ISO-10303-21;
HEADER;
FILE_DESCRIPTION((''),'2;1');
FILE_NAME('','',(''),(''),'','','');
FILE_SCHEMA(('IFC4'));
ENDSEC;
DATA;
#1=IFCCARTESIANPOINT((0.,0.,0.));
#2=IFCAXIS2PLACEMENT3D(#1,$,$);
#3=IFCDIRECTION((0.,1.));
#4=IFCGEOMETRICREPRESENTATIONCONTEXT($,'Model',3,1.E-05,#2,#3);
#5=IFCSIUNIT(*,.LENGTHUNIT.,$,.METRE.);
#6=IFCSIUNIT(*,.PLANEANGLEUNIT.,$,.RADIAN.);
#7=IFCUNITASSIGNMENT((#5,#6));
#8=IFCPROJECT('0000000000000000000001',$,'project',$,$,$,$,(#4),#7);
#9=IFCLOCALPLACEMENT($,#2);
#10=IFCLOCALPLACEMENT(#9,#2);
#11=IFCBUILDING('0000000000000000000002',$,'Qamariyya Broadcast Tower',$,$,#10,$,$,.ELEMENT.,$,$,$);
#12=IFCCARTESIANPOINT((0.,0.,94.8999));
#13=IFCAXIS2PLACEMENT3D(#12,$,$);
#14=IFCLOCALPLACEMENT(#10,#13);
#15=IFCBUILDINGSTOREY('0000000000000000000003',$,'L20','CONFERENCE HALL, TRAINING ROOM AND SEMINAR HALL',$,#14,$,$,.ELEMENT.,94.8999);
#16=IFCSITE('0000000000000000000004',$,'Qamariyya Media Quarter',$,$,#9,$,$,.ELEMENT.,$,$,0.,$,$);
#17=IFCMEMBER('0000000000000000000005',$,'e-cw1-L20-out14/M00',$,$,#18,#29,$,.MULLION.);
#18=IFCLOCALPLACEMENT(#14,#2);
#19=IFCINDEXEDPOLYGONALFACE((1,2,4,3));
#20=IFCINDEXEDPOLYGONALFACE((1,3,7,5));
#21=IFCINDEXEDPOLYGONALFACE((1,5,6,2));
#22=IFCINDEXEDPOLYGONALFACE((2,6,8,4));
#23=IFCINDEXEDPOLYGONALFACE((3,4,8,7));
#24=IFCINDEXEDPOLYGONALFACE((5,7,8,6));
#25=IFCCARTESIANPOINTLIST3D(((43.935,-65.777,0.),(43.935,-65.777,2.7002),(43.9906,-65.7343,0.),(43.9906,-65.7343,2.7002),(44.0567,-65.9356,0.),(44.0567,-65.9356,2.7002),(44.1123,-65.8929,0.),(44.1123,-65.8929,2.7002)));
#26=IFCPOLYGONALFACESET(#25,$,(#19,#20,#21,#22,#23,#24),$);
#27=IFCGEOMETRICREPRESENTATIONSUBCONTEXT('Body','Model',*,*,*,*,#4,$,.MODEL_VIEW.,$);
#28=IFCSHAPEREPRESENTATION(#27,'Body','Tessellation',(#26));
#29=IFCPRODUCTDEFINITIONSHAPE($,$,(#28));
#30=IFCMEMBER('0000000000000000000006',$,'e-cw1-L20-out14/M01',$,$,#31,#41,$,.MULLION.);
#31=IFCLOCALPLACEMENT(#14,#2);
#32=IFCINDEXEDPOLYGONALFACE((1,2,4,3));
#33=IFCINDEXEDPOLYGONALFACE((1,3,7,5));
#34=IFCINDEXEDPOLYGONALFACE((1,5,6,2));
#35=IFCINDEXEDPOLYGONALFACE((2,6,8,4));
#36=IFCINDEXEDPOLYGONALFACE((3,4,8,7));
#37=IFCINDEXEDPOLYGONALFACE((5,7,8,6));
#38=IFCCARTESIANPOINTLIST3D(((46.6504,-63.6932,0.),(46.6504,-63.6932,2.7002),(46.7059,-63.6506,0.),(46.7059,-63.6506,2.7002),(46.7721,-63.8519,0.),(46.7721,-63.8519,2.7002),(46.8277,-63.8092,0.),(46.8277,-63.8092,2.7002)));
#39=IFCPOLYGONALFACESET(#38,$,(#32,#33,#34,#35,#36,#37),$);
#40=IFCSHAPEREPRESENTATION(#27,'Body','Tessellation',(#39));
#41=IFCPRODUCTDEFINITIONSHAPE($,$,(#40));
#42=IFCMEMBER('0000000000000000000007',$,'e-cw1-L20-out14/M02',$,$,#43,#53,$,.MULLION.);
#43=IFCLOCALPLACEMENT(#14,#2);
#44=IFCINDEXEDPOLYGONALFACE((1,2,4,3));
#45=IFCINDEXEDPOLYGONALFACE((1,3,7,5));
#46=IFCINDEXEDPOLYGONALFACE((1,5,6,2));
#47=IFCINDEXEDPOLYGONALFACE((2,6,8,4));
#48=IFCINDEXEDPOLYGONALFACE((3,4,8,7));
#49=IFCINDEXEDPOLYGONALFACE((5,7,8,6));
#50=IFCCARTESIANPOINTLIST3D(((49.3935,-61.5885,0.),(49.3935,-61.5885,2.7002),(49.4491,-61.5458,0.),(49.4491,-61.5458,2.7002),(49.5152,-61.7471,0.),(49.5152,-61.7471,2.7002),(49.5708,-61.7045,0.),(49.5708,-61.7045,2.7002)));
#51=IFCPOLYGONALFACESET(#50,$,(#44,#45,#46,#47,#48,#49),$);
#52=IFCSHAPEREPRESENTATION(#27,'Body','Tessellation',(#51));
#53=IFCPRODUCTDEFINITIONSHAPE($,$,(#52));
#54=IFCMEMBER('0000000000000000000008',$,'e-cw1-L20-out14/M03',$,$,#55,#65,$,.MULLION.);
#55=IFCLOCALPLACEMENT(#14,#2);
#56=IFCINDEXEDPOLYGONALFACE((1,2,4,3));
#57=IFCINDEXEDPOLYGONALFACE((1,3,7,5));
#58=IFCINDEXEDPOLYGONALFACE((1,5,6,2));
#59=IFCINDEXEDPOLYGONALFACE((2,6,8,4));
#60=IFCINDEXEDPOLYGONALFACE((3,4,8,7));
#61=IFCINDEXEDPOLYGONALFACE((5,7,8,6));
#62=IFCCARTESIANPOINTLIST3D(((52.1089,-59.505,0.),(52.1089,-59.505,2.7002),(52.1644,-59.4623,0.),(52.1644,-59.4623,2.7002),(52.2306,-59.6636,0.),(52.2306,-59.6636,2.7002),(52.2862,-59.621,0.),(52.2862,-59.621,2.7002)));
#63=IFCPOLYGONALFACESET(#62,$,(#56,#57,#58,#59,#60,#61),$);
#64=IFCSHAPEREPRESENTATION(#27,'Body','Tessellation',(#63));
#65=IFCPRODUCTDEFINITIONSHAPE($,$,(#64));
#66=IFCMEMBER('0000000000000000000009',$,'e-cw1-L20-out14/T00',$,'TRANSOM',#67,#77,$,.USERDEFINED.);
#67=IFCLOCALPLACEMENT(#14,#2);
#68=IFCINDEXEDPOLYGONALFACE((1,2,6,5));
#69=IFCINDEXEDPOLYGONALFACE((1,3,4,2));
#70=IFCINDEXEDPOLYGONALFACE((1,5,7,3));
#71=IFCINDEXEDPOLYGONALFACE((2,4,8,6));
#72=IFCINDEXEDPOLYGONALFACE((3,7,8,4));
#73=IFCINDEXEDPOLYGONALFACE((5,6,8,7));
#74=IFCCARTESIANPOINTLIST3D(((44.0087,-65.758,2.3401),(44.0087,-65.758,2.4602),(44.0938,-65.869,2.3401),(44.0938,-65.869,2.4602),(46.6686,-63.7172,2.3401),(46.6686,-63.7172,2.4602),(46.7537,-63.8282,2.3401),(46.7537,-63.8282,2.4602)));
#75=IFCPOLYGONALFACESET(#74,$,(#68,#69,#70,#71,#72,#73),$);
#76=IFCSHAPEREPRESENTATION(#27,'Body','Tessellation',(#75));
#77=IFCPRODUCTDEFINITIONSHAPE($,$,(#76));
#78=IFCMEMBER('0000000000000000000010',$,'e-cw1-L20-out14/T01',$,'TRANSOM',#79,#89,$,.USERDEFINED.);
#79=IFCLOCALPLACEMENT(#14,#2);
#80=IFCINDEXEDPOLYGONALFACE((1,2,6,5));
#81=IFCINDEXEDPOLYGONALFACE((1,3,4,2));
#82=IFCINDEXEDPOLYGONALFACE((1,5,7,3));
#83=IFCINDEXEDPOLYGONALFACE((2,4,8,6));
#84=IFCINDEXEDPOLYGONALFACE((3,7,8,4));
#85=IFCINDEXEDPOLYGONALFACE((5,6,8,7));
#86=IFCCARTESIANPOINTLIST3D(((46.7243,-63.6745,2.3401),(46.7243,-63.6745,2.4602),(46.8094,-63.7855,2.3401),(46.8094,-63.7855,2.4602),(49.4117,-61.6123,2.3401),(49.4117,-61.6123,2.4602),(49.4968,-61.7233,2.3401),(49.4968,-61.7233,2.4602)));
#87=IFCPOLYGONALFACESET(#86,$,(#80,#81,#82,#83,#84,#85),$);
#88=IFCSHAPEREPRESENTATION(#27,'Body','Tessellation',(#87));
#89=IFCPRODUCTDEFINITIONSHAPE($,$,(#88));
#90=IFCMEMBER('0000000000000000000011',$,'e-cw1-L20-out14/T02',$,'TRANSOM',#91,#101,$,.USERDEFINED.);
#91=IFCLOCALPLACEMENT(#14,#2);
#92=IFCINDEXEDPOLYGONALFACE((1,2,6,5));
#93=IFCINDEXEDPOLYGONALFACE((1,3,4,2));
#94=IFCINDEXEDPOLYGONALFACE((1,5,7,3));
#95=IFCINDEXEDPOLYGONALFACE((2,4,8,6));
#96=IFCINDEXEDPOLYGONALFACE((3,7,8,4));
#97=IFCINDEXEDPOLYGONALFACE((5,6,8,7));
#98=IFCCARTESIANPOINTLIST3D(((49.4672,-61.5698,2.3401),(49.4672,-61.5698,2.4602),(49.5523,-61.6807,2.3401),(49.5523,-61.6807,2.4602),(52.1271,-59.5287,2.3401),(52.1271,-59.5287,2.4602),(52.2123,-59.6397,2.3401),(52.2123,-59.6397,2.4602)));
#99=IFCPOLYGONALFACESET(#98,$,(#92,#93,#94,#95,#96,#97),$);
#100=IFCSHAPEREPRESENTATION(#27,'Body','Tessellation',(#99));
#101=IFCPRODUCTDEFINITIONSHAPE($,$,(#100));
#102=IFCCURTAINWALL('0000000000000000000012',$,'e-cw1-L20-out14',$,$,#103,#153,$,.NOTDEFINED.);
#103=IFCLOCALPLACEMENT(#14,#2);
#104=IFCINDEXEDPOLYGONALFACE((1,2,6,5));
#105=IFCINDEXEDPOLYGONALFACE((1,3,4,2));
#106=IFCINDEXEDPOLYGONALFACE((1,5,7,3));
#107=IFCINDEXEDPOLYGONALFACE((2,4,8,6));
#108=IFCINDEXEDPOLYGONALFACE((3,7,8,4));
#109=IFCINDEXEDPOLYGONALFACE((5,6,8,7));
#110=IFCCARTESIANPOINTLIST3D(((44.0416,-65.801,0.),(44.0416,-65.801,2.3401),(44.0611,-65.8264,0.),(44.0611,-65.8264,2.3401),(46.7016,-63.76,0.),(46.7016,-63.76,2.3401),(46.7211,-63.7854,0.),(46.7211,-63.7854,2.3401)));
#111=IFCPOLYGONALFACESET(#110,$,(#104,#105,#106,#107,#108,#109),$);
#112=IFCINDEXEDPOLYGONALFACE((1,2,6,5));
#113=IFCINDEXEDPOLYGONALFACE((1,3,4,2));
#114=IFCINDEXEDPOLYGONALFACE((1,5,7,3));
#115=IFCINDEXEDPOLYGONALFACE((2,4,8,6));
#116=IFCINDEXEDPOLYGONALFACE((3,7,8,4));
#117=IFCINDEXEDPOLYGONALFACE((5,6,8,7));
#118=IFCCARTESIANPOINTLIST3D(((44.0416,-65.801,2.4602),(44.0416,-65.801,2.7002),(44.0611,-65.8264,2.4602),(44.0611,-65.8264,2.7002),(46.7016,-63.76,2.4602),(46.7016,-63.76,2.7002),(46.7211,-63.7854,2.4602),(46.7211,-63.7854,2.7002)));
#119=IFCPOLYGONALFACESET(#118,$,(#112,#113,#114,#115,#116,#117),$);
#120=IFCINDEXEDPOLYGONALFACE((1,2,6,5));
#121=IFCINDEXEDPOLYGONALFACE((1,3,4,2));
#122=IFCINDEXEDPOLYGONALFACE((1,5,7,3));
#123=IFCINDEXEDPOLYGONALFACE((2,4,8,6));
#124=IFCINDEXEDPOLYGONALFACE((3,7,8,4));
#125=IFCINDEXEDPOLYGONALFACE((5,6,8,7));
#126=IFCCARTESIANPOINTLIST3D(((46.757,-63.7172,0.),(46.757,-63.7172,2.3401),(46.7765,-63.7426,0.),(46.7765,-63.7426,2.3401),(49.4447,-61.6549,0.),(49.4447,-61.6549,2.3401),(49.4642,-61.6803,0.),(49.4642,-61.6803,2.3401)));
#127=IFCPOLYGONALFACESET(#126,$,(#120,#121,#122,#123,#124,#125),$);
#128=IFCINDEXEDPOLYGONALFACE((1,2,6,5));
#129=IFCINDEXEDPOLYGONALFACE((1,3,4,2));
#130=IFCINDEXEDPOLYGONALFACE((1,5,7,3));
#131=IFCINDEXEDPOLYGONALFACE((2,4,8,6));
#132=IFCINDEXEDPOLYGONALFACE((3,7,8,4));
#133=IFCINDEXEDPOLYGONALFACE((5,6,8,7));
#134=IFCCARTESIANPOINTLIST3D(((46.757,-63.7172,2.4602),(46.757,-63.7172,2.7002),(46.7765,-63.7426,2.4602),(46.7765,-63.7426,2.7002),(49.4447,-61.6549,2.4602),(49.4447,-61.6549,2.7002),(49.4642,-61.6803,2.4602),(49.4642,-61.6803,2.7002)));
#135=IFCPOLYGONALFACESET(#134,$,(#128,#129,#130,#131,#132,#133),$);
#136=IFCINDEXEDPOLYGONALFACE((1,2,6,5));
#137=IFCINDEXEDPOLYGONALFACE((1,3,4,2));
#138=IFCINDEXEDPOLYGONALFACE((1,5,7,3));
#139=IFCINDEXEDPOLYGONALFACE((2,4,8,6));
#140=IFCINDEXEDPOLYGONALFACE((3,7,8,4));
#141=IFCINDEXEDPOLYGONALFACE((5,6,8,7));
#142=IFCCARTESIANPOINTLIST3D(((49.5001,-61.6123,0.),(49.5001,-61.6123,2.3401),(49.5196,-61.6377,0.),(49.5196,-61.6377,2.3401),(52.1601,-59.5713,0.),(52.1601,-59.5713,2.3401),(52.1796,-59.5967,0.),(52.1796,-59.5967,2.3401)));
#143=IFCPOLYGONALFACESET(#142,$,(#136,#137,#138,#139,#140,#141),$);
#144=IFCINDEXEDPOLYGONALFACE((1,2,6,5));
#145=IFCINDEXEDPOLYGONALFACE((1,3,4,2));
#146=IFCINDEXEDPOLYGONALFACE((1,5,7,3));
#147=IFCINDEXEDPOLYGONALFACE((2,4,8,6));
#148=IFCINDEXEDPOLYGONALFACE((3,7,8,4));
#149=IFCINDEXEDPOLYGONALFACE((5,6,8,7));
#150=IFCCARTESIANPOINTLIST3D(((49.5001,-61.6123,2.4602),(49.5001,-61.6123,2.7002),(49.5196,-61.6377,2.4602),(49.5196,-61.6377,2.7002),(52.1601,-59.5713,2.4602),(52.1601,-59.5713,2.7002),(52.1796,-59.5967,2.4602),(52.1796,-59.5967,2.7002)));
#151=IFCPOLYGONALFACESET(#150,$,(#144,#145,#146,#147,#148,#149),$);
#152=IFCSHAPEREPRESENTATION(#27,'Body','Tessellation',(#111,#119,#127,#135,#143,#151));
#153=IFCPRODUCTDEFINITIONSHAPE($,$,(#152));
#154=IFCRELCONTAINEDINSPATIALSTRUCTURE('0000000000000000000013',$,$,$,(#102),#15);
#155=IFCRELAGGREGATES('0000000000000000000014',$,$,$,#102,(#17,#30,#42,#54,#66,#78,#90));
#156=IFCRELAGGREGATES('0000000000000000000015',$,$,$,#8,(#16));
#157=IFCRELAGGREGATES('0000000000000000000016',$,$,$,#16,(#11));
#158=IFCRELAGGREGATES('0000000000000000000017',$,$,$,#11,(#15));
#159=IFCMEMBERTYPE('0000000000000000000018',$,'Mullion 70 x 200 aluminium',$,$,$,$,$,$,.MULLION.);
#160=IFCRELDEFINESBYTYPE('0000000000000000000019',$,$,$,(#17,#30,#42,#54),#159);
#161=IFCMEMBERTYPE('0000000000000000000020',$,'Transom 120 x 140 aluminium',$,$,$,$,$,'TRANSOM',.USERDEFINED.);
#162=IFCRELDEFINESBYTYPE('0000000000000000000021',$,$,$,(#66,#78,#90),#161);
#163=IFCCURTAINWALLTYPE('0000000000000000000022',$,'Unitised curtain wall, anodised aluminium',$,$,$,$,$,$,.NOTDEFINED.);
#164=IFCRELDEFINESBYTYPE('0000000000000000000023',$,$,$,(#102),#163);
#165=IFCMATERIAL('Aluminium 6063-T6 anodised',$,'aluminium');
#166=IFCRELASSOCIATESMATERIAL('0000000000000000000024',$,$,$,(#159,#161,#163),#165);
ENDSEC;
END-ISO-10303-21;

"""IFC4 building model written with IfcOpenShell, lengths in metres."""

from ifc_helpers import new_model, si_unit, direction, frame, origin, origin_2d, place, context, subcontext, project, spatial, rectangle, extrude, material, material_profile, profile_set, type_object, element, aggregate, save


model = new_model("IFC4")

# Units and contexts
model_context = context("Model", 3, precision=1e-05, world=origin(), true_north=direction((0.0, 1.0)))
body_context = subcontext(model_context, "Body", "Model", "MODEL_VIEW")
ifc_project = project(units=[si_unit("LENGTHUNIT", "METRE"), si_unit("PLANEANGLEUNIT", "RADIAN")], contexts=[model_context])

# Members
ifc_material = material(Name="Aluminium 6063-T6 anodised", Category="aluminium")
site_placement = place(None, origin())
building_placement = place(site_placement, origin())
storey_placement = place(building_placement, frame((0.0, 0.0, 94.8999)))
ifc_material_profile_1 = material_profile(ifc_material, rectangle(XDim=0.2, YDim=0.0701, at=origin_2d()))
ifc_profile_set_1 = profile_set([ifc_material_profile_1], Name="Aluminium 6063-T6 anodised")
member_type_1 = type_object("IfcMemberType", Name="Mullion 70 x 200 aluminium", PredefinedType="MULLION", material=ifc_profile_set_1)
member_1_placement = place(storey_placement, frame((44.0237, -65.835, 0.0), z_axis=(0.0, 0.0, 1.0), x_axis=(-0.608761, 0.793353, 0.0)))
member_1 = element("IfcMember", 1, at=member_1_placement, type_object=member_type_1, Name="e-cw1-L20-out14/M00", PredefinedType="MULLION", context=body_context, shape_type="SweptSolid", body=[
    extrude(rectangle(XDim=0.2, YDim=0.0701, at=origin_2d()), origin(), (0.0, 0.0, 1.0), 2.7002),
])
member_2_placement = place(storey_placement, frame((46.739, -63.7512, 0.0), z_axis=(0.0, 0.0, 1.0), x_axis=(-0.608761, 0.793353, 0.0)))
member_2 = element("IfcMember", 2, at=member_2_placement, type_object=member_type_1, Name="e-cw1-L20-out14/M01", PredefinedType="MULLION", context=body_context, shape_type="SweptSolid", body=[
    extrude(rectangle(XDim=0.2, YDim=0.0701, at=origin_2d()), origin(), (0.0, 0.0, 1.0), 2.7002),
])
member_3_placement = place(storey_placement, frame((49.4822, -61.6465, 0.0), z_axis=(0.0, 0.0, 1.0), x_axis=(-0.608761, 0.793353, 0.0)))
member_3 = element("IfcMember", 3, at=member_3_placement, type_object=member_type_1, Name="e-cw1-L20-out14/M02", PredefinedType="MULLION", context=body_context, shape_type="SweptSolid", body=[
    extrude(rectangle(XDim=0.2, YDim=0.0701, at=origin_2d()), origin(), (0.0, 0.0, 1.0), 2.7002),
])
member_4_placement = place(storey_placement, frame((52.1975, -59.563, 0.0), z_axis=(0.0, 0.0, 1.0), x_axis=(-0.608761, 0.793353, 0.0)))
member_4 = element("IfcMember", 4, at=member_4_placement, type_object=member_type_1, Name="e-cw1-L20-out14/M03", PredefinedType="MULLION", context=body_context, shape_type="SweptSolid", body=[
    extrude(rectangle(XDim=0.2, YDim=0.0701, at=origin_2d()), origin(), (0.0, 0.0, 1.0), 2.7002),
])
ifc_material_profile_2 = material_profile(ifc_material, rectangle(XDim=0.1399, YDim=0.1201, at=origin_2d()))
ifc_profile_set_2 = profile_set([ifc_material_profile_2], Name="Aluminium 6063-T6 anodised")
member_type_2 = type_object("IfcMemberType", Name="Transom 120 x 140 aluminium", ElementType="TRANSOM", PredefinedType="USERDEFINED", material=ifc_profile_set_2)
member_5_placement = place(storey_placement, frame((44.0513, -65.8135, 2.4001), z_axis=(0.793389, 0.608714, 0.0), x_axis=(-0.608714, 0.793389, 0.0)))
member_5 = element("IfcMember", 5, at=member_5_placement, type_object=member_type_2, Name="e-cw1-L20-out14/T00", ObjectType="TRANSOM", PredefinedType="USERDEFINED", context=body_context, shape_type="SweptSolid", body=[
    extrude(rectangle(XDim=0.1399, YDim=0.1201, at=origin_2d()), origin(), (0.0, 0.0, 1.0), 3.3525),
])
member_6_placement = place(storey_placement, frame((46.7668, -63.73, 2.4001), z_axis=(0.793344, 0.608773, 0.0), x_axis=(-0.608773, 0.793344, 0.0)))
member_6 = element("IfcMember", 6, at=member_6_placement, type_object=member_type_2, Name="e-cw1-L20-out14/T01", ObjectType="TRANSOM", PredefinedType="USERDEFINED", context=body_context, shape_type="SweptSolid", body=[
    extrude(rectangle(XDim=0.1399, YDim=0.1201, at=origin_2d()), origin(), (0.0, 0.0, 1.0), 3.3875),
])
member_7_placement = place(storey_placement, frame((49.5098, -61.6252, 2.4001), z_axis=(0.793354, 0.60876, 0.0), x_axis=(-0.60876, 0.793354, 0.0)))
member_7 = element("IfcMember", 7, at=member_7_placement, type_object=member_type_2, Name="e-cw1-L20-out14/T02", ObjectType="TRANSOM", PredefinedType="USERDEFINED", context=body_context, shape_type="SweptSolid", body=[
    extrude(rectangle(XDim=0.1399, YDim=0.1201, at=origin_2d()), origin(), (0.0, 0.0, 1.0), 3.3528),
])

# Site, building, storey
site = spatial("IfcSite", under=ifc_project, at=site_placement, Name="Qamariyya Media Quarter", CompositionType="ELEMENT", RefElevation=0.0)
building = spatial("IfcBuilding", under=site, at=building_placement, Name="Qamariyya Broadcast Tower", CompositionType="ELEMENT")
storey = spatial("IfcBuildingStorey", under=building, at=storey_placement, Name="L20", Description="CONFERENCE HALL, TRAINING ROOM AND SEMINAR HALL", CompositionType="ELEMENT", Elevation=94.8999)

# Curtain wall
curtain_wall_type_1 = type_object("IfcCurtainWallType", Name="Unitised curtain wall, anodised aluminium", PredefinedType="NOTDEFINED", material=ifc_material)
curtain_wall_1_placement = place(storey_placement, origin())
curtain_wall_1 = element("IfcCurtainWall", 8, at=curtain_wall_1_placement, inside=storey, type_object=curtain_wall_type_1, Name="e-cw1-L20-out14", PredefinedType="NOTDEFINED", context=body_context, shape_type="SweptSolid", body=[
    extrude(rectangle(XDim=3.3528, YDim=0.032, at=origin_2d()), frame((45.3813, -64.7932, 0.0), x_axis=(0.793354, 0.608761, 0.0)), (0.0, 0.0, 1.0), 2.3401),
    extrude(rectangle(XDim=3.3528, YDim=0.032, at=origin_2d()), frame((45.3813, -64.7932, 2.4602), x_axis=(0.793354, 0.608761, 0.0)), (0.0, 0.0, 1.0), 0.24),
    extrude(rectangle(XDim=3.3877, YDim=0.032, at=origin_2d()), frame((48.1106, -62.6987, 0.0), x_axis=(0.793354, 0.608761, 0.0)), (0.0, 0.0, 1.0), 2.3401),
    extrude(rectangle(XDim=3.3877, YDim=0.032, at=origin_2d()), frame((48.1106, -62.6987, 2.4602), x_axis=(0.793354, 0.608761, 0.0)), (0.0, 0.0, 1.0), 0.24),
    extrude(rectangle(XDim=3.3528, YDim=0.032, at=origin_2d()), frame((50.8398, -60.6045, 0.0), x_axis=(0.793354, 0.608761, 0.0)), (0.0, 0.0, 1.0), 2.3401),
    extrude(rectangle(XDim=3.3528, YDim=0.032, at=origin_2d()), frame((50.8398, -60.6045, 2.4602), x_axis=(0.793354, 0.608761, 0.0)), (0.0, 0.0, 1.0), 0.24),
])
aggregate(curtain_wall_1, [member_1, member_2, member_3, member_4, member_5, member_6, member_7])

save(model, "model.ifc")
